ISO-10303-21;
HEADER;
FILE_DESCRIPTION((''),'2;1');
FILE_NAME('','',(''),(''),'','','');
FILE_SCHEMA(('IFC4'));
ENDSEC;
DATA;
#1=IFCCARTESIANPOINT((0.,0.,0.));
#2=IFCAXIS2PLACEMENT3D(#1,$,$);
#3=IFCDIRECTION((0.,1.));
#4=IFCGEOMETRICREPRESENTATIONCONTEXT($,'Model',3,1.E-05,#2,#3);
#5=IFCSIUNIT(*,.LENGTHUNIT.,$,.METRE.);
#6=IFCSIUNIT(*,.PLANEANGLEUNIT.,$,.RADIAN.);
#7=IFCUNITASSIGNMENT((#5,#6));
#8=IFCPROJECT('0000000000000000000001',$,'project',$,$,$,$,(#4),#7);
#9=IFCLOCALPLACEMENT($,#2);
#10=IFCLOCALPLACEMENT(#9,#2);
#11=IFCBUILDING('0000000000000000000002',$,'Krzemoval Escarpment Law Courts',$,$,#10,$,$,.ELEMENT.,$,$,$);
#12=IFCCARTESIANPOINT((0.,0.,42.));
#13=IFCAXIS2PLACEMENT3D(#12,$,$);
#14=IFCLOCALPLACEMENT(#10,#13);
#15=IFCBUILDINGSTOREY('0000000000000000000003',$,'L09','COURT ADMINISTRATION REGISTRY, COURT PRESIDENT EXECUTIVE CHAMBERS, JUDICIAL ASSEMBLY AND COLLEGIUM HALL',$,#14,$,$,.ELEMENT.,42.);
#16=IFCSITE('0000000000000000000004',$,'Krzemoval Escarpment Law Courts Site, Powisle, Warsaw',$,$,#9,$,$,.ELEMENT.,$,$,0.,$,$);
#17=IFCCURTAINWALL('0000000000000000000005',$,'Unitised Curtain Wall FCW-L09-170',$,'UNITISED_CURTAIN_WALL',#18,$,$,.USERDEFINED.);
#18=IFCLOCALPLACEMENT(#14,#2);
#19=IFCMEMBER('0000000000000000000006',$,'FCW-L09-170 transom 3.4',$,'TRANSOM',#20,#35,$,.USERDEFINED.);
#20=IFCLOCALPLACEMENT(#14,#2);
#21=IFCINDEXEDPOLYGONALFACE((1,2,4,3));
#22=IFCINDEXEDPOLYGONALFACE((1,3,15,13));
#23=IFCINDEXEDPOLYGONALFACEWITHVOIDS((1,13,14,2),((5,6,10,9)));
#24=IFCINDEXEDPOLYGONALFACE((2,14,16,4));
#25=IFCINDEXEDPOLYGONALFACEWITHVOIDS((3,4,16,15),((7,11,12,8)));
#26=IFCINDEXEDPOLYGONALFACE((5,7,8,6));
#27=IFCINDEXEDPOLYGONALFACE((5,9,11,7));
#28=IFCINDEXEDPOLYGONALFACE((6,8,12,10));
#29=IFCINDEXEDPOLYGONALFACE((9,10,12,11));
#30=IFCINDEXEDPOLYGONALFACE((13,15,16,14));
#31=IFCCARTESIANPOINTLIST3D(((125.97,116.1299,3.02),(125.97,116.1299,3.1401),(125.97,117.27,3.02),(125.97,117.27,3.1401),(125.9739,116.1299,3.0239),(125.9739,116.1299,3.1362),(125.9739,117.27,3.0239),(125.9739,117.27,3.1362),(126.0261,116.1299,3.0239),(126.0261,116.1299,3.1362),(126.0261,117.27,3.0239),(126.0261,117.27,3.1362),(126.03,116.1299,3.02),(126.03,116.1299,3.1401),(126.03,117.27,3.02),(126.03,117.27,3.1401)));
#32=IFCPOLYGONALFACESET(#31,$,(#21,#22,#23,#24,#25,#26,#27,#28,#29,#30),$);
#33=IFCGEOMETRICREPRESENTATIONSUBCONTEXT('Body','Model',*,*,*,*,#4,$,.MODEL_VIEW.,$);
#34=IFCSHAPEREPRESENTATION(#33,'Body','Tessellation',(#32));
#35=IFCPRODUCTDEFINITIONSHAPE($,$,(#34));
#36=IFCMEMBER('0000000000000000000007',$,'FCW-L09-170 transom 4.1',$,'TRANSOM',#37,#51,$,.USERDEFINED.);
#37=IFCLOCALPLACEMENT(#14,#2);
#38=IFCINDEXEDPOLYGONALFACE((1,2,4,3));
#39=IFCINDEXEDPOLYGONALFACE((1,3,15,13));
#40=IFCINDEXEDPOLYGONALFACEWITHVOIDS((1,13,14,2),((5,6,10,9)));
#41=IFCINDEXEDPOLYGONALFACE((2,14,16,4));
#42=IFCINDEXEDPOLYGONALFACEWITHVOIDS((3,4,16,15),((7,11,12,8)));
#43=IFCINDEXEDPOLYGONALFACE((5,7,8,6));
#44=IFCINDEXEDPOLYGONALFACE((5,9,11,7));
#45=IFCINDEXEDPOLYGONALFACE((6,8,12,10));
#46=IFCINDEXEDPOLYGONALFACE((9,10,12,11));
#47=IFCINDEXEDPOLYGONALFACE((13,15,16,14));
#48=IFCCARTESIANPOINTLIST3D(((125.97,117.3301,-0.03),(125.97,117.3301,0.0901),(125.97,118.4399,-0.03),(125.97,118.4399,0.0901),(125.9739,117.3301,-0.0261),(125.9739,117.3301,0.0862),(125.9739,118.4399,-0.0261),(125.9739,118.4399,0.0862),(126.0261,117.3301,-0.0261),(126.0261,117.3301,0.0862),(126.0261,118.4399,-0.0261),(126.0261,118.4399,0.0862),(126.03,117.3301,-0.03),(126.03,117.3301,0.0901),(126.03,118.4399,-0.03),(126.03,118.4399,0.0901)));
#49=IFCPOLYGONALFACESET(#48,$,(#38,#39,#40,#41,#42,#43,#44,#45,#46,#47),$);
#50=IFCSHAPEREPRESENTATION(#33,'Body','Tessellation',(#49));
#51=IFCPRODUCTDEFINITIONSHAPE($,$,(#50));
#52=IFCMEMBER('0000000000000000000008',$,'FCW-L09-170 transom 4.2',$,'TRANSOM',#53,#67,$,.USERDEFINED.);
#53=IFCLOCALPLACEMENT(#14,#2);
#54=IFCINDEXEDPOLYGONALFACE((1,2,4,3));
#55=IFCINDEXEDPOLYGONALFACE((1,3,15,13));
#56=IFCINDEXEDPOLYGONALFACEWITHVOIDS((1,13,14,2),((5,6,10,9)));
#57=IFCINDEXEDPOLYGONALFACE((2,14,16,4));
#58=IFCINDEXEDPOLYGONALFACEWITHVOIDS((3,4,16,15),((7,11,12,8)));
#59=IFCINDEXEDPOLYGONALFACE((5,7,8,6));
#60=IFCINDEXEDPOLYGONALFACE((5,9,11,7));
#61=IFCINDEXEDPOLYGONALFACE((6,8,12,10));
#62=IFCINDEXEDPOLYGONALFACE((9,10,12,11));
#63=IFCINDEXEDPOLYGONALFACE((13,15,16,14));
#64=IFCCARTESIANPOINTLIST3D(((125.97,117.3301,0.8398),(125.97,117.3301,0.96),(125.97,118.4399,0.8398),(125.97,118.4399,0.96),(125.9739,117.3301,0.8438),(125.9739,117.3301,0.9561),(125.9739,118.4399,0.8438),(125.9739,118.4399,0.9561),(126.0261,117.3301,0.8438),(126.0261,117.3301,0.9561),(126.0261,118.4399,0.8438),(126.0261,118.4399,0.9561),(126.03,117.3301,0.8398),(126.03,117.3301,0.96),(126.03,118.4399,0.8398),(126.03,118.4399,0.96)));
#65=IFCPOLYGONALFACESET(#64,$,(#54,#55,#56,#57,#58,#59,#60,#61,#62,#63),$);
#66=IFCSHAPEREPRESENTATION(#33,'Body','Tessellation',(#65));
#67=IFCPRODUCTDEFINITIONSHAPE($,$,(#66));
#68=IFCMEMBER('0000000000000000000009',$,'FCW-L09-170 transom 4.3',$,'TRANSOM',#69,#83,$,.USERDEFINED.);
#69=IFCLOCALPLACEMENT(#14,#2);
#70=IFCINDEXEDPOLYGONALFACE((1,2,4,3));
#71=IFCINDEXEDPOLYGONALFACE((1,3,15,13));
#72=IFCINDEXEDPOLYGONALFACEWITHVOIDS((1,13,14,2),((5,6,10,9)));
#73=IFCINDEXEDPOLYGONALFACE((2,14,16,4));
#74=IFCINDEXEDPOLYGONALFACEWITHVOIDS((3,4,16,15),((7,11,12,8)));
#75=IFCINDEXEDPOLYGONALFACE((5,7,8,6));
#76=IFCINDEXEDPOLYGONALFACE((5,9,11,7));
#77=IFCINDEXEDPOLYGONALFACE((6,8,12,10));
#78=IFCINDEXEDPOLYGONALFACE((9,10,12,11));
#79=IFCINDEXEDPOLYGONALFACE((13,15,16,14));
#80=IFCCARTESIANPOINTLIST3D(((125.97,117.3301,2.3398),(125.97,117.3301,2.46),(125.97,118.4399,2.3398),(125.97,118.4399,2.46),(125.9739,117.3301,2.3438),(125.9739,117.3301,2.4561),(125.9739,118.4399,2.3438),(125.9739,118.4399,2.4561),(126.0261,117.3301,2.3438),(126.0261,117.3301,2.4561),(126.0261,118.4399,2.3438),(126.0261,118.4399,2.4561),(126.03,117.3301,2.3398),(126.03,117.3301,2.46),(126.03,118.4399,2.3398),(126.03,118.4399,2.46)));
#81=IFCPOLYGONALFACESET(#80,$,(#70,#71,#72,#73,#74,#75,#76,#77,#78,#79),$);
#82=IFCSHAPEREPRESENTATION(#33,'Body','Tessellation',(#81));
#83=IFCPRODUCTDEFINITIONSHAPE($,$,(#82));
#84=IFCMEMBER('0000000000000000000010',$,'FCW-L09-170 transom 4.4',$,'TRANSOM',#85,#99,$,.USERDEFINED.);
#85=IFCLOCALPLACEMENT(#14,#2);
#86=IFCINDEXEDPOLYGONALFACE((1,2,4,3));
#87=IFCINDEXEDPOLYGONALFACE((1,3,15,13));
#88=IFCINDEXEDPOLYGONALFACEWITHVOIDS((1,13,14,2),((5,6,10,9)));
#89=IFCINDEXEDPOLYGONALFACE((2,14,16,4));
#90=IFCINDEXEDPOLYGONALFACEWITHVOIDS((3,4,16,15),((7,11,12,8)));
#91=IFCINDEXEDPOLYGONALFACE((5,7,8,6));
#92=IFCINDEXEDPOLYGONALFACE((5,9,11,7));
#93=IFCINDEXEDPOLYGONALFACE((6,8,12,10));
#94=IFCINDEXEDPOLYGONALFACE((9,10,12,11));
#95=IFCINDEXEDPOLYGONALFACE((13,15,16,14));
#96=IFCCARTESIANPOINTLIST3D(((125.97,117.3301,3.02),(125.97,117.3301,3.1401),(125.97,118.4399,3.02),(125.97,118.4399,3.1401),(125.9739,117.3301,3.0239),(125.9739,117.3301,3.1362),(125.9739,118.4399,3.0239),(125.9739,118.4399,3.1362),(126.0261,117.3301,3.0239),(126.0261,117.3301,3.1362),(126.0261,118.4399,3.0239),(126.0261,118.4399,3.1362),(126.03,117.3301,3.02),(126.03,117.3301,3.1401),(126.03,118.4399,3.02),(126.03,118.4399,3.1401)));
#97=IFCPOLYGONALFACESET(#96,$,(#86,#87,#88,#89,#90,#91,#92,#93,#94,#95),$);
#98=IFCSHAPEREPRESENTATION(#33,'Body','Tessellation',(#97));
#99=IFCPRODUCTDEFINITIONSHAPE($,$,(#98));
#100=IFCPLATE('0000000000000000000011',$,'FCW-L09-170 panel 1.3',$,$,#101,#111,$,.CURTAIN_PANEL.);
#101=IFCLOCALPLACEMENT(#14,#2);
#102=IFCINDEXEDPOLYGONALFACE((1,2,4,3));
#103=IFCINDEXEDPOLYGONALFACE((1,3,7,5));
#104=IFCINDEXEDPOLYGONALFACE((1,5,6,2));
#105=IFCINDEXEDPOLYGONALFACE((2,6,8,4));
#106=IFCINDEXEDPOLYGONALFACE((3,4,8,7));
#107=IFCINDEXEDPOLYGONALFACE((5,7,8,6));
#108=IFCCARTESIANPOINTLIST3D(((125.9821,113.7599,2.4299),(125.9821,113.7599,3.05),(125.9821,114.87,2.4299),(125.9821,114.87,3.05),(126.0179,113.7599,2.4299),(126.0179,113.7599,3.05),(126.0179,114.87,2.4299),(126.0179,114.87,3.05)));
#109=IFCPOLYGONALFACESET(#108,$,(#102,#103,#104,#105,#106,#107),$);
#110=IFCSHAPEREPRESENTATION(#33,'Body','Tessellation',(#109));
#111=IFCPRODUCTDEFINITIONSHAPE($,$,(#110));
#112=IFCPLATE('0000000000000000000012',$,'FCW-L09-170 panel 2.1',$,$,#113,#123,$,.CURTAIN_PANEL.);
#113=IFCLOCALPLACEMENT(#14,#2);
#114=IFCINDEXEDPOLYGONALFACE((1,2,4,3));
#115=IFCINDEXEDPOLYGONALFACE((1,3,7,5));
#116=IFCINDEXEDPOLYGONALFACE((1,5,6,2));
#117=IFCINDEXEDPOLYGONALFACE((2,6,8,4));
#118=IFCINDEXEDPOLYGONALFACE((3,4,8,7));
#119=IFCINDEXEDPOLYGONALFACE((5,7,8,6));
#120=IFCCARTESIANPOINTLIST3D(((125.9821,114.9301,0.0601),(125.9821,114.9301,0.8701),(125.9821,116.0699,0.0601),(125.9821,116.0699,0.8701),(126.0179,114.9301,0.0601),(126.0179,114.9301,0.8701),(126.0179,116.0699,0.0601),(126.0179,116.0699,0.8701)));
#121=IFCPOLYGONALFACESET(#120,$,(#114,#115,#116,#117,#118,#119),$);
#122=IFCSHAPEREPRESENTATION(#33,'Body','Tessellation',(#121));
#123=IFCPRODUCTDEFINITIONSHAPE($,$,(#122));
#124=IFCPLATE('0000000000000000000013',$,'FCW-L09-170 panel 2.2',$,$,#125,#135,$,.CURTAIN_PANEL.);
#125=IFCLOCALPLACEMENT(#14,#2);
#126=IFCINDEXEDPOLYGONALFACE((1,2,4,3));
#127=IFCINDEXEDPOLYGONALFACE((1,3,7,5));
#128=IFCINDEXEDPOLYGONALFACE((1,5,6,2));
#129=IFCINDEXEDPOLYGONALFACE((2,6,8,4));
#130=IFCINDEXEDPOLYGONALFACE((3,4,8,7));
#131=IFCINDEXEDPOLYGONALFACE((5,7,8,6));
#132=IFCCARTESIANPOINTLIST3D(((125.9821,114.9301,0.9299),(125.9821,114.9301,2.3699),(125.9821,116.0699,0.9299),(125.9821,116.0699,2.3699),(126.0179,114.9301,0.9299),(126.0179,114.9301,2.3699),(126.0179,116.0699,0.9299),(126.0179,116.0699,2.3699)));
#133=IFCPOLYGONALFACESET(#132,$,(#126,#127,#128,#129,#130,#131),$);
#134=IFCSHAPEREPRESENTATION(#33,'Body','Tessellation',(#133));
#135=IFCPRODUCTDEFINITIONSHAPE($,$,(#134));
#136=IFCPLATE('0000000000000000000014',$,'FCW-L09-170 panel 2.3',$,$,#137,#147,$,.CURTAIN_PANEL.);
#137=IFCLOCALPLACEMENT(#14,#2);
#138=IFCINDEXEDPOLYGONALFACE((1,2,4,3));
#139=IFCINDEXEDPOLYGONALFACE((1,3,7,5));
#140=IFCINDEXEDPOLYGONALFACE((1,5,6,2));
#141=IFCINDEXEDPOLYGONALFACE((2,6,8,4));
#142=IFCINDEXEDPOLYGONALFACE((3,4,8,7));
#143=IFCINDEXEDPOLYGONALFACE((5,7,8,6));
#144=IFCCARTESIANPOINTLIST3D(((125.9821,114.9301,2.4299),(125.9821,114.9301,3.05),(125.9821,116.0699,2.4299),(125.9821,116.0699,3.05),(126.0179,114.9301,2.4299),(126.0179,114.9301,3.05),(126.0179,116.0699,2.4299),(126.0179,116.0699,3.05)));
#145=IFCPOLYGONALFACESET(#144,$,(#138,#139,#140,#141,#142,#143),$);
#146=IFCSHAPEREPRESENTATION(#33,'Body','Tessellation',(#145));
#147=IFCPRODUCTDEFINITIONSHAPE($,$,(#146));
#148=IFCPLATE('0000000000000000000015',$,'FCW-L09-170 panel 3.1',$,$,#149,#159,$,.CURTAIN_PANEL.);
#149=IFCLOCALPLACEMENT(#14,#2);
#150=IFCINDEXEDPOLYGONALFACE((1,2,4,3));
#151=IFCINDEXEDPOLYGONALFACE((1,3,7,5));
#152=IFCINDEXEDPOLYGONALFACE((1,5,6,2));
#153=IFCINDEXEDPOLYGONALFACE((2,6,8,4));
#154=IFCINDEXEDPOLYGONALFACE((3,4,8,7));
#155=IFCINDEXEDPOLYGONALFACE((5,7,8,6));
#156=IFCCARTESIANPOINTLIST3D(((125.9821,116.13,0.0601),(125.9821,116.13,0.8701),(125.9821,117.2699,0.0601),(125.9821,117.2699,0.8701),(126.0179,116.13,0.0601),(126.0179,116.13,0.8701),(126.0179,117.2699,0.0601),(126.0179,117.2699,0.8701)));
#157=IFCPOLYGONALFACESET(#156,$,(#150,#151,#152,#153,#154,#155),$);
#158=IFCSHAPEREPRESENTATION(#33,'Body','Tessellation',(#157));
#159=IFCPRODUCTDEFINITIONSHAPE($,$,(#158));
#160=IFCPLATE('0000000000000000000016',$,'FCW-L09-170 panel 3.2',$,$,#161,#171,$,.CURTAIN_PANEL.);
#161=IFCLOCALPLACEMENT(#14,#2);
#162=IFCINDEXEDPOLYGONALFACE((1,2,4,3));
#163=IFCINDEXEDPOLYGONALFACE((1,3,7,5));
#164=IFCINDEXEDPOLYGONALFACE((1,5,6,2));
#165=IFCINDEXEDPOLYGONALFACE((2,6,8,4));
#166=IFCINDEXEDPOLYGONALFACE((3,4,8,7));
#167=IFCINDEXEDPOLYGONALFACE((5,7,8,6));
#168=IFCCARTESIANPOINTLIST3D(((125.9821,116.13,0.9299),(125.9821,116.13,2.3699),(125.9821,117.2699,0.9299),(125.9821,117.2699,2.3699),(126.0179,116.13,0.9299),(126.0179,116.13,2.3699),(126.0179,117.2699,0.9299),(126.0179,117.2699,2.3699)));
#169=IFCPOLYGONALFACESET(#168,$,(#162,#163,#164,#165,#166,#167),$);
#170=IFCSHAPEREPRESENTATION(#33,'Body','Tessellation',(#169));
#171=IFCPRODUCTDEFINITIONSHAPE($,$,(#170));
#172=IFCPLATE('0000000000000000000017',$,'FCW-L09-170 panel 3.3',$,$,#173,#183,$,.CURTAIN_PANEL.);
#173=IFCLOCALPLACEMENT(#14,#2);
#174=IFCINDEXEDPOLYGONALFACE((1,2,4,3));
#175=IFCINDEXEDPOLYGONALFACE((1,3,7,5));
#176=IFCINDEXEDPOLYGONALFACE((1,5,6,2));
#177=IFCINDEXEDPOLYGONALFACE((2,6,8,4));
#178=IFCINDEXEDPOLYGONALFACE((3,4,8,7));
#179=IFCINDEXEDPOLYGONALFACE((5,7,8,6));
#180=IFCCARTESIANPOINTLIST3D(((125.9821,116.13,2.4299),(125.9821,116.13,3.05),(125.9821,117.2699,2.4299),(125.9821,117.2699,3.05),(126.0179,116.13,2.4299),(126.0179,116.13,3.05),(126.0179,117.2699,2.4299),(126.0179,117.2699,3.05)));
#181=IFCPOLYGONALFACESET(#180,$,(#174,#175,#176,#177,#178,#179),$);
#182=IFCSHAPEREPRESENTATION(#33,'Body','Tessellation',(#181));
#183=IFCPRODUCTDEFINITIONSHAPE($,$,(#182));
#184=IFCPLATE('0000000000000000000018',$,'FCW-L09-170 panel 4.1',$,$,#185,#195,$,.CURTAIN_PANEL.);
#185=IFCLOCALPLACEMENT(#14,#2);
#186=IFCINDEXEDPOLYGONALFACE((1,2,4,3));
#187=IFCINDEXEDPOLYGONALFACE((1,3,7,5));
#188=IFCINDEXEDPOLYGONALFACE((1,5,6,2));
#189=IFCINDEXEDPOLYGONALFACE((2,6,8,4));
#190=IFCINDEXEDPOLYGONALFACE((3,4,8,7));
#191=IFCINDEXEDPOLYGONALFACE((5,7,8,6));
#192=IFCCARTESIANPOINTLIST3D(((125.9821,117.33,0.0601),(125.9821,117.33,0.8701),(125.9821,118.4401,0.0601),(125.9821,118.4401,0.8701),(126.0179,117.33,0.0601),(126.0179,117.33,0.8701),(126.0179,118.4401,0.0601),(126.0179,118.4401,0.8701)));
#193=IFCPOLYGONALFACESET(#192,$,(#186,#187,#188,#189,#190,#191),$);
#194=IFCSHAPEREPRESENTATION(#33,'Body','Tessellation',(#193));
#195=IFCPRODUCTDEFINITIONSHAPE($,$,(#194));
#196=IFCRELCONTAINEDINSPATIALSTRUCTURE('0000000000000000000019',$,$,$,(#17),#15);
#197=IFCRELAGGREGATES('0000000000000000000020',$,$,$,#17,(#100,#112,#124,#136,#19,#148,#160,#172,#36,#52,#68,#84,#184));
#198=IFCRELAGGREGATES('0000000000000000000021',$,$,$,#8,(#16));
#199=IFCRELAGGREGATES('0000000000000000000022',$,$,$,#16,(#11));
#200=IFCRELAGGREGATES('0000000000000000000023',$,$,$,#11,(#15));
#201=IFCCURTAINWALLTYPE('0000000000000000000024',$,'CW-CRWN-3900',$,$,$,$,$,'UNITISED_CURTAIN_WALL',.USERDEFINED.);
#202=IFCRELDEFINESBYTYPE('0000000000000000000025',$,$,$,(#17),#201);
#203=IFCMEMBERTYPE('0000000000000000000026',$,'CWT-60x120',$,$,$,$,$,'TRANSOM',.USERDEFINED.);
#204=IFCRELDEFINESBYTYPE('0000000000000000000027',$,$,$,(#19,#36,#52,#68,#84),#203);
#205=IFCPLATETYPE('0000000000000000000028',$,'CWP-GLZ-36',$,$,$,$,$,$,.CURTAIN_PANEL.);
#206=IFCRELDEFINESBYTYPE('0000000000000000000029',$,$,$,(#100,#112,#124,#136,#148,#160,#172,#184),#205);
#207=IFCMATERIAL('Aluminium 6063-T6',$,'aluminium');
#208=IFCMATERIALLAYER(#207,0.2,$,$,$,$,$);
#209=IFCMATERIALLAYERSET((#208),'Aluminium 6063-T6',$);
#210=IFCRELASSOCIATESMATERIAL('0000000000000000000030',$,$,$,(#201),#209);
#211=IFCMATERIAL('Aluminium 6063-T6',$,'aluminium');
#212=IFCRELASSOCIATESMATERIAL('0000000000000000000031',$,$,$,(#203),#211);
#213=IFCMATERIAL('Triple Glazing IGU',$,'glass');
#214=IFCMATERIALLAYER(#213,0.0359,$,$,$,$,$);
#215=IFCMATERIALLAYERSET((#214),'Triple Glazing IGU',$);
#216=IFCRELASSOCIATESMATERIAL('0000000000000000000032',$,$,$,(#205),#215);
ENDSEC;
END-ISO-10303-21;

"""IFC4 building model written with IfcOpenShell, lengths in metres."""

from ifc_helpers import new_model, si_unit, direction, frame, origin, origin_2d, place, context, subcontext, project, spatial, rectangle, hollow_rectangle, extrude, material, layer, layer_set, material_profile, profile_set, type_object, element, aggregate, save


model = new_model("IFC4")

# Units and contexts
model_context = context("Model", 3, precision=1e-05, world=origin(), true_north=direction((0.0, 1.0)))
body_context = subcontext(model_context, "Body", "Model", "MODEL_VIEW")
ifc_project = project(units=[si_unit("LENGTHUNIT", "METRE"), si_unit("PLANEANGLEUNIT", "RADIAN")], contexts=[model_context])

# Site, building, storey
site_placement = place(None, origin())
site = spatial("IfcSite", under=ifc_project, at=site_placement, Name="Krzemoval Escarpment Law Courts Site, Powisle, Warsaw", CompositionType="ELEMENT", RefElevation=0.0)
building_placement = place(site_placement, origin())
building = spatial("IfcBuilding", under=site, at=building_placement, Name="Krzemoval Escarpment Law Courts", CompositionType="ELEMENT")
storey_placement = place(building_placement, frame((0.0, 0.0, 42.0)))
storey = spatial("IfcBuildingStorey", under=building, at=storey_placement, Name="L09", Description="COURT ADMINISTRATION REGISTRY, COURT PRESIDENT EXECUTIVE CHAMBERS, JUDICIAL ASSEMBLY AND COLLEGIUM HALL", CompositionType="ELEMENT", Elevation=42.0)

# Curtain wall, members, plates
ifc_material_1 = material(Name="Aluminium 6063-T6", Category="aluminium")
ifc_layer_1 = layer(ifc_material_1, 0.2)
ifc_layer_set_1 = layer_set([ifc_layer_1], Name="Aluminium 6063-T6")
curtain_wall_type = type_object("IfcCurtainWallType", Name="CW-CRWN-3900", ElementType="UNITISED_CURTAIN_WALL", PredefinedType="USERDEFINED", material=ifc_layer_set_1)
curtain_wall_placement = place(storey_placement, origin())
curtain_wall = element("IfcCurtainWall", 1, at=curtain_wall_placement, inside=storey, type_object=curtain_wall_type, Name="Unitised Curtain Wall FCW-L09-170", ObjectType="UNITISED_CURTAIN_WALL", PredefinedType="USERDEFINED")
ifc_material_2 = material(Name="Aluminium 6063-T6", Category="aluminium")
ifc_material_profile_1 = material_profile(ifc_material_2, hollow_rectangle(XDim=0.0601, YDim=0.1201, WallThickness=0.0039, at=origin_2d()), Name="ALU T60x120")
ifc_profile_set_1 = profile_set([ifc_material_profile_1], Name="Aluminium 6063-T6")
member_type_1 = type_object("IfcMemberType", Name="CWT-60x120", ElementType="TRANSOM", PredefinedType="USERDEFINED", material=ifc_profile_set_1)
member_1_placement = place(storey_placement, frame((126.0, 116.1299, 3.0801), z_axis=(0.0, 1.0, 0.0), x_axis=(-1.0, 0.0, 0.0)))
member_1 = element("IfcMember", 2, at=member_1_placement, type_object=member_type_1, Name="FCW-L09-170 transom 3.4", ObjectType="TRANSOM", PredefinedType="USERDEFINED", context=body_context, shape_type="SweptSolid", body=[
    extrude(hollow_rectangle(XDim=0.0601, YDim=0.1201, WallThickness=0.0039, at=origin_2d()), origin(), (0.0, 0.0, 1.0), 1.1401),
])
member_2_placement = place(storey_placement, frame((126.0, 117.3301, 0.03), z_axis=(0.0, 1.0, 0.0), x_axis=(-1.0, 0.0, 0.0)))
member_2 = element("IfcMember", 3, at=member_2_placement, type_object=member_type_1, Name="FCW-L09-170 transom 4.1", ObjectType="TRANSOM", PredefinedType="USERDEFINED", context=body_context, shape_type="SweptSolid", body=[
    extrude(hollow_rectangle(XDim=0.0601, YDim=0.1201, WallThickness=0.0039, at=origin_2d()), origin(), (0.0, 0.0, 1.0), 1.1099),
])
member_3_placement = place(storey_placement, frame((126.0, 117.3301, 0.8999), z_axis=(0.0, 1.0, 0.0), x_axis=(-1.0, 0.0, 0.0)))
member_3 = element("IfcMember", 4, at=member_3_placement, type_object=member_type_1, Name="FCW-L09-170 transom 4.2", ObjectType="TRANSOM", PredefinedType="USERDEFINED", context=body_context, shape_type="SweptSolid", body=[
    extrude(hollow_rectangle(XDim=0.0601, YDim=0.1201, WallThickness=0.0039, at=origin_2d()), origin(), (0.0, 0.0, 1.0), 1.1099),
])
member_4_placement = place(storey_placement, frame((126.0, 117.3301, 2.3999), z_axis=(0.0, 1.0, 0.0), x_axis=(-1.0, 0.0, 0.0)))
member_4 = element("IfcMember", 5, at=member_4_placement, type_object=member_type_1, Name="FCW-L09-170 transom 4.3", ObjectType="TRANSOM", PredefinedType="USERDEFINED", context=body_context, shape_type="SweptSolid", body=[
    extrude(hollow_rectangle(XDim=0.0601, YDim=0.1201, WallThickness=0.0039, at=origin_2d()), origin(), (0.0, 0.0, 1.0), 1.1099),
])
member_5_placement = place(storey_placement, frame((126.0, 117.3301, 3.0801), z_axis=(0.0, 1.0, 0.0), x_axis=(-1.0, 0.0, 0.0)))
member_5 = element("IfcMember", 6, at=member_5_placement, type_object=member_type_1, Name="FCW-L09-170 transom 4.4", ObjectType="TRANSOM", PredefinedType="USERDEFINED", context=body_context, shape_type="SweptSolid", body=[
    extrude(hollow_rectangle(XDim=0.0601, YDim=0.1201, WallThickness=0.0039, at=origin_2d()), origin(), (0.0, 0.0, 1.0), 1.1099),
])
ifc_material_3 = material(Name="Triple Glazing IGU", Category="glass")
ifc_layer_2 = layer(ifc_material_3, 0.0359)
ifc_layer_set_2 = layer_set([ifc_layer_2], Name="Triple Glazing IGU")
plate_type = type_object("IfcPlateType", Name="CWP-GLZ-36", PredefinedType="CURTAIN_PANEL", material=ifc_layer_set_2)
plate_1_placement = place(storey_placement, frame((126.0, 114.3149, 2.4299), z_axis=(0.0, 0.0, 1.0), x_axis=(0.0, 1.0, 0.0)))
plate_1 = element("IfcPlate", 7, at=plate_1_placement, type_object=plate_type, Name="FCW-L09-170 panel 1.3", PredefinedType="CURTAIN_PANEL", context=body_context, shape_type="SweptSolid", body=[
    extrude(rectangle(XDim=1.1101, YDim=0.0359, at=origin_2d()), origin(), (0.0, 0.0, 1.0), 0.6201),
])
plate_2_placement = place(storey_placement, frame((126.0, 115.5, 0.0601), z_axis=(0.0, 0.0, 1.0), x_axis=(0.0, 1.0, 0.0)))
plate_2 = element("IfcPlate", 8, at=plate_2_placement, type_object=plate_type, Name="FCW-L09-170 panel 2.1", PredefinedType="CURTAIN_PANEL", context=body_context, shape_type="SweptSolid", body=[
    extrude(rectangle(XDim=1.1399, YDim=0.0359, at=origin_2d()), origin(), (0.0, 0.0, 1.0), 0.8101),
])
plate_3_placement = place(storey_placement, frame((126.0, 115.5, 0.9299), z_axis=(0.0, 0.0, 1.0), x_axis=(0.0, 1.0, 0.0)))
plate_3 = element("IfcPlate", 9, at=plate_3_placement, type_object=plate_type, Name="FCW-L09-170 panel 2.2", PredefinedType="CURTAIN_PANEL", context=body_context, shape_type="SweptSolid", body=[
    extrude(rectangle(XDim=1.1399, YDim=0.0359, at=origin_2d()), origin(), (0.0, 0.0, 1.0), 1.4399),
])
plate_4_placement = place(storey_placement, frame((126.0, 115.5, 2.4299), z_axis=(0.0, 0.0, 1.0), x_axis=(0.0, 1.0, 0.0)))
plate_4 = element("IfcPlate", 10, at=plate_4_placement, type_object=plate_type, Name="FCW-L09-170 panel 2.3", PredefinedType="CURTAIN_PANEL", context=body_context, shape_type="SweptSolid", body=[
    extrude(rectangle(XDim=1.1399, YDim=0.0359, at=origin_2d()), origin(), (0.0, 0.0, 1.0), 0.6201),
])
plate_5_placement = place(storey_placement, frame((126.0, 116.7, 0.0601), z_axis=(0.0, 0.0, 1.0), x_axis=(0.0, 1.0, 0.0)))
plate_5 = element("IfcPlate", 11, at=plate_5_placement, type_object=plate_type, Name="FCW-L09-170 panel 3.1", PredefinedType="CURTAIN_PANEL", context=body_context, shape_type="SweptSolid", body=[
    extrude(rectangle(XDim=1.1399, YDim=0.0359, at=origin_2d()), origin(), (0.0, 0.0, 1.0), 0.8101),
])
plate_6_placement = place(storey_placement, frame((126.0, 116.7, 0.9299), z_axis=(0.0, 0.0, 1.0), x_axis=(0.0, 1.0, 0.0)))
plate_6 = element("IfcPlate", 12, at=plate_6_placement, type_object=plate_type, Name="FCW-L09-170 panel 3.2", PredefinedType="CURTAIN_PANEL", context=body_context, shape_type="SweptSolid", body=[
    extrude(rectangle(XDim=1.1399, YDim=0.0359, at=origin_2d()), origin(), (0.0, 0.0, 1.0), 1.4399),
])
plate_7_placement = place(storey_placement, frame((126.0, 116.7, 2.4299), z_axis=(0.0, 0.0, 1.0), x_axis=(0.0, 1.0, 0.0)))
plate_7 = element("IfcPlate", 13, at=plate_7_placement, type_object=plate_type, Name="FCW-L09-170 panel 3.3", PredefinedType="CURTAIN_PANEL", context=body_context, shape_type="SweptSolid", body=[
    extrude(rectangle(XDim=1.1399, YDim=0.0359, at=origin_2d()), origin(), (0.0, 0.0, 1.0), 0.6201),
])
plate_8_placement = place(storey_placement, frame((126.0, 117.885, 0.0601), z_axis=(0.0, 0.0, 1.0), x_axis=(0.0, 1.0, 0.0)))
plate_8 = element("IfcPlate", 14, at=plate_8_placement, type_object=plate_type, Name="FCW-L09-170 panel 4.1", PredefinedType="CURTAIN_PANEL", context=body_context, shape_type="SweptSolid", body=[
    extrude(rectangle(XDim=1.1101, YDim=0.0359, at=origin_2d()), origin(), (0.0, 0.0, 1.0), 0.8101),
])
aggregate(curtain_wall, [plate_1, plate_2, plate_3, plate_4, member_1, plate_5, plate_6, plate_7, member_2, member_3, member_4, member_5, plate_8])

save(model, "model.ifc")
